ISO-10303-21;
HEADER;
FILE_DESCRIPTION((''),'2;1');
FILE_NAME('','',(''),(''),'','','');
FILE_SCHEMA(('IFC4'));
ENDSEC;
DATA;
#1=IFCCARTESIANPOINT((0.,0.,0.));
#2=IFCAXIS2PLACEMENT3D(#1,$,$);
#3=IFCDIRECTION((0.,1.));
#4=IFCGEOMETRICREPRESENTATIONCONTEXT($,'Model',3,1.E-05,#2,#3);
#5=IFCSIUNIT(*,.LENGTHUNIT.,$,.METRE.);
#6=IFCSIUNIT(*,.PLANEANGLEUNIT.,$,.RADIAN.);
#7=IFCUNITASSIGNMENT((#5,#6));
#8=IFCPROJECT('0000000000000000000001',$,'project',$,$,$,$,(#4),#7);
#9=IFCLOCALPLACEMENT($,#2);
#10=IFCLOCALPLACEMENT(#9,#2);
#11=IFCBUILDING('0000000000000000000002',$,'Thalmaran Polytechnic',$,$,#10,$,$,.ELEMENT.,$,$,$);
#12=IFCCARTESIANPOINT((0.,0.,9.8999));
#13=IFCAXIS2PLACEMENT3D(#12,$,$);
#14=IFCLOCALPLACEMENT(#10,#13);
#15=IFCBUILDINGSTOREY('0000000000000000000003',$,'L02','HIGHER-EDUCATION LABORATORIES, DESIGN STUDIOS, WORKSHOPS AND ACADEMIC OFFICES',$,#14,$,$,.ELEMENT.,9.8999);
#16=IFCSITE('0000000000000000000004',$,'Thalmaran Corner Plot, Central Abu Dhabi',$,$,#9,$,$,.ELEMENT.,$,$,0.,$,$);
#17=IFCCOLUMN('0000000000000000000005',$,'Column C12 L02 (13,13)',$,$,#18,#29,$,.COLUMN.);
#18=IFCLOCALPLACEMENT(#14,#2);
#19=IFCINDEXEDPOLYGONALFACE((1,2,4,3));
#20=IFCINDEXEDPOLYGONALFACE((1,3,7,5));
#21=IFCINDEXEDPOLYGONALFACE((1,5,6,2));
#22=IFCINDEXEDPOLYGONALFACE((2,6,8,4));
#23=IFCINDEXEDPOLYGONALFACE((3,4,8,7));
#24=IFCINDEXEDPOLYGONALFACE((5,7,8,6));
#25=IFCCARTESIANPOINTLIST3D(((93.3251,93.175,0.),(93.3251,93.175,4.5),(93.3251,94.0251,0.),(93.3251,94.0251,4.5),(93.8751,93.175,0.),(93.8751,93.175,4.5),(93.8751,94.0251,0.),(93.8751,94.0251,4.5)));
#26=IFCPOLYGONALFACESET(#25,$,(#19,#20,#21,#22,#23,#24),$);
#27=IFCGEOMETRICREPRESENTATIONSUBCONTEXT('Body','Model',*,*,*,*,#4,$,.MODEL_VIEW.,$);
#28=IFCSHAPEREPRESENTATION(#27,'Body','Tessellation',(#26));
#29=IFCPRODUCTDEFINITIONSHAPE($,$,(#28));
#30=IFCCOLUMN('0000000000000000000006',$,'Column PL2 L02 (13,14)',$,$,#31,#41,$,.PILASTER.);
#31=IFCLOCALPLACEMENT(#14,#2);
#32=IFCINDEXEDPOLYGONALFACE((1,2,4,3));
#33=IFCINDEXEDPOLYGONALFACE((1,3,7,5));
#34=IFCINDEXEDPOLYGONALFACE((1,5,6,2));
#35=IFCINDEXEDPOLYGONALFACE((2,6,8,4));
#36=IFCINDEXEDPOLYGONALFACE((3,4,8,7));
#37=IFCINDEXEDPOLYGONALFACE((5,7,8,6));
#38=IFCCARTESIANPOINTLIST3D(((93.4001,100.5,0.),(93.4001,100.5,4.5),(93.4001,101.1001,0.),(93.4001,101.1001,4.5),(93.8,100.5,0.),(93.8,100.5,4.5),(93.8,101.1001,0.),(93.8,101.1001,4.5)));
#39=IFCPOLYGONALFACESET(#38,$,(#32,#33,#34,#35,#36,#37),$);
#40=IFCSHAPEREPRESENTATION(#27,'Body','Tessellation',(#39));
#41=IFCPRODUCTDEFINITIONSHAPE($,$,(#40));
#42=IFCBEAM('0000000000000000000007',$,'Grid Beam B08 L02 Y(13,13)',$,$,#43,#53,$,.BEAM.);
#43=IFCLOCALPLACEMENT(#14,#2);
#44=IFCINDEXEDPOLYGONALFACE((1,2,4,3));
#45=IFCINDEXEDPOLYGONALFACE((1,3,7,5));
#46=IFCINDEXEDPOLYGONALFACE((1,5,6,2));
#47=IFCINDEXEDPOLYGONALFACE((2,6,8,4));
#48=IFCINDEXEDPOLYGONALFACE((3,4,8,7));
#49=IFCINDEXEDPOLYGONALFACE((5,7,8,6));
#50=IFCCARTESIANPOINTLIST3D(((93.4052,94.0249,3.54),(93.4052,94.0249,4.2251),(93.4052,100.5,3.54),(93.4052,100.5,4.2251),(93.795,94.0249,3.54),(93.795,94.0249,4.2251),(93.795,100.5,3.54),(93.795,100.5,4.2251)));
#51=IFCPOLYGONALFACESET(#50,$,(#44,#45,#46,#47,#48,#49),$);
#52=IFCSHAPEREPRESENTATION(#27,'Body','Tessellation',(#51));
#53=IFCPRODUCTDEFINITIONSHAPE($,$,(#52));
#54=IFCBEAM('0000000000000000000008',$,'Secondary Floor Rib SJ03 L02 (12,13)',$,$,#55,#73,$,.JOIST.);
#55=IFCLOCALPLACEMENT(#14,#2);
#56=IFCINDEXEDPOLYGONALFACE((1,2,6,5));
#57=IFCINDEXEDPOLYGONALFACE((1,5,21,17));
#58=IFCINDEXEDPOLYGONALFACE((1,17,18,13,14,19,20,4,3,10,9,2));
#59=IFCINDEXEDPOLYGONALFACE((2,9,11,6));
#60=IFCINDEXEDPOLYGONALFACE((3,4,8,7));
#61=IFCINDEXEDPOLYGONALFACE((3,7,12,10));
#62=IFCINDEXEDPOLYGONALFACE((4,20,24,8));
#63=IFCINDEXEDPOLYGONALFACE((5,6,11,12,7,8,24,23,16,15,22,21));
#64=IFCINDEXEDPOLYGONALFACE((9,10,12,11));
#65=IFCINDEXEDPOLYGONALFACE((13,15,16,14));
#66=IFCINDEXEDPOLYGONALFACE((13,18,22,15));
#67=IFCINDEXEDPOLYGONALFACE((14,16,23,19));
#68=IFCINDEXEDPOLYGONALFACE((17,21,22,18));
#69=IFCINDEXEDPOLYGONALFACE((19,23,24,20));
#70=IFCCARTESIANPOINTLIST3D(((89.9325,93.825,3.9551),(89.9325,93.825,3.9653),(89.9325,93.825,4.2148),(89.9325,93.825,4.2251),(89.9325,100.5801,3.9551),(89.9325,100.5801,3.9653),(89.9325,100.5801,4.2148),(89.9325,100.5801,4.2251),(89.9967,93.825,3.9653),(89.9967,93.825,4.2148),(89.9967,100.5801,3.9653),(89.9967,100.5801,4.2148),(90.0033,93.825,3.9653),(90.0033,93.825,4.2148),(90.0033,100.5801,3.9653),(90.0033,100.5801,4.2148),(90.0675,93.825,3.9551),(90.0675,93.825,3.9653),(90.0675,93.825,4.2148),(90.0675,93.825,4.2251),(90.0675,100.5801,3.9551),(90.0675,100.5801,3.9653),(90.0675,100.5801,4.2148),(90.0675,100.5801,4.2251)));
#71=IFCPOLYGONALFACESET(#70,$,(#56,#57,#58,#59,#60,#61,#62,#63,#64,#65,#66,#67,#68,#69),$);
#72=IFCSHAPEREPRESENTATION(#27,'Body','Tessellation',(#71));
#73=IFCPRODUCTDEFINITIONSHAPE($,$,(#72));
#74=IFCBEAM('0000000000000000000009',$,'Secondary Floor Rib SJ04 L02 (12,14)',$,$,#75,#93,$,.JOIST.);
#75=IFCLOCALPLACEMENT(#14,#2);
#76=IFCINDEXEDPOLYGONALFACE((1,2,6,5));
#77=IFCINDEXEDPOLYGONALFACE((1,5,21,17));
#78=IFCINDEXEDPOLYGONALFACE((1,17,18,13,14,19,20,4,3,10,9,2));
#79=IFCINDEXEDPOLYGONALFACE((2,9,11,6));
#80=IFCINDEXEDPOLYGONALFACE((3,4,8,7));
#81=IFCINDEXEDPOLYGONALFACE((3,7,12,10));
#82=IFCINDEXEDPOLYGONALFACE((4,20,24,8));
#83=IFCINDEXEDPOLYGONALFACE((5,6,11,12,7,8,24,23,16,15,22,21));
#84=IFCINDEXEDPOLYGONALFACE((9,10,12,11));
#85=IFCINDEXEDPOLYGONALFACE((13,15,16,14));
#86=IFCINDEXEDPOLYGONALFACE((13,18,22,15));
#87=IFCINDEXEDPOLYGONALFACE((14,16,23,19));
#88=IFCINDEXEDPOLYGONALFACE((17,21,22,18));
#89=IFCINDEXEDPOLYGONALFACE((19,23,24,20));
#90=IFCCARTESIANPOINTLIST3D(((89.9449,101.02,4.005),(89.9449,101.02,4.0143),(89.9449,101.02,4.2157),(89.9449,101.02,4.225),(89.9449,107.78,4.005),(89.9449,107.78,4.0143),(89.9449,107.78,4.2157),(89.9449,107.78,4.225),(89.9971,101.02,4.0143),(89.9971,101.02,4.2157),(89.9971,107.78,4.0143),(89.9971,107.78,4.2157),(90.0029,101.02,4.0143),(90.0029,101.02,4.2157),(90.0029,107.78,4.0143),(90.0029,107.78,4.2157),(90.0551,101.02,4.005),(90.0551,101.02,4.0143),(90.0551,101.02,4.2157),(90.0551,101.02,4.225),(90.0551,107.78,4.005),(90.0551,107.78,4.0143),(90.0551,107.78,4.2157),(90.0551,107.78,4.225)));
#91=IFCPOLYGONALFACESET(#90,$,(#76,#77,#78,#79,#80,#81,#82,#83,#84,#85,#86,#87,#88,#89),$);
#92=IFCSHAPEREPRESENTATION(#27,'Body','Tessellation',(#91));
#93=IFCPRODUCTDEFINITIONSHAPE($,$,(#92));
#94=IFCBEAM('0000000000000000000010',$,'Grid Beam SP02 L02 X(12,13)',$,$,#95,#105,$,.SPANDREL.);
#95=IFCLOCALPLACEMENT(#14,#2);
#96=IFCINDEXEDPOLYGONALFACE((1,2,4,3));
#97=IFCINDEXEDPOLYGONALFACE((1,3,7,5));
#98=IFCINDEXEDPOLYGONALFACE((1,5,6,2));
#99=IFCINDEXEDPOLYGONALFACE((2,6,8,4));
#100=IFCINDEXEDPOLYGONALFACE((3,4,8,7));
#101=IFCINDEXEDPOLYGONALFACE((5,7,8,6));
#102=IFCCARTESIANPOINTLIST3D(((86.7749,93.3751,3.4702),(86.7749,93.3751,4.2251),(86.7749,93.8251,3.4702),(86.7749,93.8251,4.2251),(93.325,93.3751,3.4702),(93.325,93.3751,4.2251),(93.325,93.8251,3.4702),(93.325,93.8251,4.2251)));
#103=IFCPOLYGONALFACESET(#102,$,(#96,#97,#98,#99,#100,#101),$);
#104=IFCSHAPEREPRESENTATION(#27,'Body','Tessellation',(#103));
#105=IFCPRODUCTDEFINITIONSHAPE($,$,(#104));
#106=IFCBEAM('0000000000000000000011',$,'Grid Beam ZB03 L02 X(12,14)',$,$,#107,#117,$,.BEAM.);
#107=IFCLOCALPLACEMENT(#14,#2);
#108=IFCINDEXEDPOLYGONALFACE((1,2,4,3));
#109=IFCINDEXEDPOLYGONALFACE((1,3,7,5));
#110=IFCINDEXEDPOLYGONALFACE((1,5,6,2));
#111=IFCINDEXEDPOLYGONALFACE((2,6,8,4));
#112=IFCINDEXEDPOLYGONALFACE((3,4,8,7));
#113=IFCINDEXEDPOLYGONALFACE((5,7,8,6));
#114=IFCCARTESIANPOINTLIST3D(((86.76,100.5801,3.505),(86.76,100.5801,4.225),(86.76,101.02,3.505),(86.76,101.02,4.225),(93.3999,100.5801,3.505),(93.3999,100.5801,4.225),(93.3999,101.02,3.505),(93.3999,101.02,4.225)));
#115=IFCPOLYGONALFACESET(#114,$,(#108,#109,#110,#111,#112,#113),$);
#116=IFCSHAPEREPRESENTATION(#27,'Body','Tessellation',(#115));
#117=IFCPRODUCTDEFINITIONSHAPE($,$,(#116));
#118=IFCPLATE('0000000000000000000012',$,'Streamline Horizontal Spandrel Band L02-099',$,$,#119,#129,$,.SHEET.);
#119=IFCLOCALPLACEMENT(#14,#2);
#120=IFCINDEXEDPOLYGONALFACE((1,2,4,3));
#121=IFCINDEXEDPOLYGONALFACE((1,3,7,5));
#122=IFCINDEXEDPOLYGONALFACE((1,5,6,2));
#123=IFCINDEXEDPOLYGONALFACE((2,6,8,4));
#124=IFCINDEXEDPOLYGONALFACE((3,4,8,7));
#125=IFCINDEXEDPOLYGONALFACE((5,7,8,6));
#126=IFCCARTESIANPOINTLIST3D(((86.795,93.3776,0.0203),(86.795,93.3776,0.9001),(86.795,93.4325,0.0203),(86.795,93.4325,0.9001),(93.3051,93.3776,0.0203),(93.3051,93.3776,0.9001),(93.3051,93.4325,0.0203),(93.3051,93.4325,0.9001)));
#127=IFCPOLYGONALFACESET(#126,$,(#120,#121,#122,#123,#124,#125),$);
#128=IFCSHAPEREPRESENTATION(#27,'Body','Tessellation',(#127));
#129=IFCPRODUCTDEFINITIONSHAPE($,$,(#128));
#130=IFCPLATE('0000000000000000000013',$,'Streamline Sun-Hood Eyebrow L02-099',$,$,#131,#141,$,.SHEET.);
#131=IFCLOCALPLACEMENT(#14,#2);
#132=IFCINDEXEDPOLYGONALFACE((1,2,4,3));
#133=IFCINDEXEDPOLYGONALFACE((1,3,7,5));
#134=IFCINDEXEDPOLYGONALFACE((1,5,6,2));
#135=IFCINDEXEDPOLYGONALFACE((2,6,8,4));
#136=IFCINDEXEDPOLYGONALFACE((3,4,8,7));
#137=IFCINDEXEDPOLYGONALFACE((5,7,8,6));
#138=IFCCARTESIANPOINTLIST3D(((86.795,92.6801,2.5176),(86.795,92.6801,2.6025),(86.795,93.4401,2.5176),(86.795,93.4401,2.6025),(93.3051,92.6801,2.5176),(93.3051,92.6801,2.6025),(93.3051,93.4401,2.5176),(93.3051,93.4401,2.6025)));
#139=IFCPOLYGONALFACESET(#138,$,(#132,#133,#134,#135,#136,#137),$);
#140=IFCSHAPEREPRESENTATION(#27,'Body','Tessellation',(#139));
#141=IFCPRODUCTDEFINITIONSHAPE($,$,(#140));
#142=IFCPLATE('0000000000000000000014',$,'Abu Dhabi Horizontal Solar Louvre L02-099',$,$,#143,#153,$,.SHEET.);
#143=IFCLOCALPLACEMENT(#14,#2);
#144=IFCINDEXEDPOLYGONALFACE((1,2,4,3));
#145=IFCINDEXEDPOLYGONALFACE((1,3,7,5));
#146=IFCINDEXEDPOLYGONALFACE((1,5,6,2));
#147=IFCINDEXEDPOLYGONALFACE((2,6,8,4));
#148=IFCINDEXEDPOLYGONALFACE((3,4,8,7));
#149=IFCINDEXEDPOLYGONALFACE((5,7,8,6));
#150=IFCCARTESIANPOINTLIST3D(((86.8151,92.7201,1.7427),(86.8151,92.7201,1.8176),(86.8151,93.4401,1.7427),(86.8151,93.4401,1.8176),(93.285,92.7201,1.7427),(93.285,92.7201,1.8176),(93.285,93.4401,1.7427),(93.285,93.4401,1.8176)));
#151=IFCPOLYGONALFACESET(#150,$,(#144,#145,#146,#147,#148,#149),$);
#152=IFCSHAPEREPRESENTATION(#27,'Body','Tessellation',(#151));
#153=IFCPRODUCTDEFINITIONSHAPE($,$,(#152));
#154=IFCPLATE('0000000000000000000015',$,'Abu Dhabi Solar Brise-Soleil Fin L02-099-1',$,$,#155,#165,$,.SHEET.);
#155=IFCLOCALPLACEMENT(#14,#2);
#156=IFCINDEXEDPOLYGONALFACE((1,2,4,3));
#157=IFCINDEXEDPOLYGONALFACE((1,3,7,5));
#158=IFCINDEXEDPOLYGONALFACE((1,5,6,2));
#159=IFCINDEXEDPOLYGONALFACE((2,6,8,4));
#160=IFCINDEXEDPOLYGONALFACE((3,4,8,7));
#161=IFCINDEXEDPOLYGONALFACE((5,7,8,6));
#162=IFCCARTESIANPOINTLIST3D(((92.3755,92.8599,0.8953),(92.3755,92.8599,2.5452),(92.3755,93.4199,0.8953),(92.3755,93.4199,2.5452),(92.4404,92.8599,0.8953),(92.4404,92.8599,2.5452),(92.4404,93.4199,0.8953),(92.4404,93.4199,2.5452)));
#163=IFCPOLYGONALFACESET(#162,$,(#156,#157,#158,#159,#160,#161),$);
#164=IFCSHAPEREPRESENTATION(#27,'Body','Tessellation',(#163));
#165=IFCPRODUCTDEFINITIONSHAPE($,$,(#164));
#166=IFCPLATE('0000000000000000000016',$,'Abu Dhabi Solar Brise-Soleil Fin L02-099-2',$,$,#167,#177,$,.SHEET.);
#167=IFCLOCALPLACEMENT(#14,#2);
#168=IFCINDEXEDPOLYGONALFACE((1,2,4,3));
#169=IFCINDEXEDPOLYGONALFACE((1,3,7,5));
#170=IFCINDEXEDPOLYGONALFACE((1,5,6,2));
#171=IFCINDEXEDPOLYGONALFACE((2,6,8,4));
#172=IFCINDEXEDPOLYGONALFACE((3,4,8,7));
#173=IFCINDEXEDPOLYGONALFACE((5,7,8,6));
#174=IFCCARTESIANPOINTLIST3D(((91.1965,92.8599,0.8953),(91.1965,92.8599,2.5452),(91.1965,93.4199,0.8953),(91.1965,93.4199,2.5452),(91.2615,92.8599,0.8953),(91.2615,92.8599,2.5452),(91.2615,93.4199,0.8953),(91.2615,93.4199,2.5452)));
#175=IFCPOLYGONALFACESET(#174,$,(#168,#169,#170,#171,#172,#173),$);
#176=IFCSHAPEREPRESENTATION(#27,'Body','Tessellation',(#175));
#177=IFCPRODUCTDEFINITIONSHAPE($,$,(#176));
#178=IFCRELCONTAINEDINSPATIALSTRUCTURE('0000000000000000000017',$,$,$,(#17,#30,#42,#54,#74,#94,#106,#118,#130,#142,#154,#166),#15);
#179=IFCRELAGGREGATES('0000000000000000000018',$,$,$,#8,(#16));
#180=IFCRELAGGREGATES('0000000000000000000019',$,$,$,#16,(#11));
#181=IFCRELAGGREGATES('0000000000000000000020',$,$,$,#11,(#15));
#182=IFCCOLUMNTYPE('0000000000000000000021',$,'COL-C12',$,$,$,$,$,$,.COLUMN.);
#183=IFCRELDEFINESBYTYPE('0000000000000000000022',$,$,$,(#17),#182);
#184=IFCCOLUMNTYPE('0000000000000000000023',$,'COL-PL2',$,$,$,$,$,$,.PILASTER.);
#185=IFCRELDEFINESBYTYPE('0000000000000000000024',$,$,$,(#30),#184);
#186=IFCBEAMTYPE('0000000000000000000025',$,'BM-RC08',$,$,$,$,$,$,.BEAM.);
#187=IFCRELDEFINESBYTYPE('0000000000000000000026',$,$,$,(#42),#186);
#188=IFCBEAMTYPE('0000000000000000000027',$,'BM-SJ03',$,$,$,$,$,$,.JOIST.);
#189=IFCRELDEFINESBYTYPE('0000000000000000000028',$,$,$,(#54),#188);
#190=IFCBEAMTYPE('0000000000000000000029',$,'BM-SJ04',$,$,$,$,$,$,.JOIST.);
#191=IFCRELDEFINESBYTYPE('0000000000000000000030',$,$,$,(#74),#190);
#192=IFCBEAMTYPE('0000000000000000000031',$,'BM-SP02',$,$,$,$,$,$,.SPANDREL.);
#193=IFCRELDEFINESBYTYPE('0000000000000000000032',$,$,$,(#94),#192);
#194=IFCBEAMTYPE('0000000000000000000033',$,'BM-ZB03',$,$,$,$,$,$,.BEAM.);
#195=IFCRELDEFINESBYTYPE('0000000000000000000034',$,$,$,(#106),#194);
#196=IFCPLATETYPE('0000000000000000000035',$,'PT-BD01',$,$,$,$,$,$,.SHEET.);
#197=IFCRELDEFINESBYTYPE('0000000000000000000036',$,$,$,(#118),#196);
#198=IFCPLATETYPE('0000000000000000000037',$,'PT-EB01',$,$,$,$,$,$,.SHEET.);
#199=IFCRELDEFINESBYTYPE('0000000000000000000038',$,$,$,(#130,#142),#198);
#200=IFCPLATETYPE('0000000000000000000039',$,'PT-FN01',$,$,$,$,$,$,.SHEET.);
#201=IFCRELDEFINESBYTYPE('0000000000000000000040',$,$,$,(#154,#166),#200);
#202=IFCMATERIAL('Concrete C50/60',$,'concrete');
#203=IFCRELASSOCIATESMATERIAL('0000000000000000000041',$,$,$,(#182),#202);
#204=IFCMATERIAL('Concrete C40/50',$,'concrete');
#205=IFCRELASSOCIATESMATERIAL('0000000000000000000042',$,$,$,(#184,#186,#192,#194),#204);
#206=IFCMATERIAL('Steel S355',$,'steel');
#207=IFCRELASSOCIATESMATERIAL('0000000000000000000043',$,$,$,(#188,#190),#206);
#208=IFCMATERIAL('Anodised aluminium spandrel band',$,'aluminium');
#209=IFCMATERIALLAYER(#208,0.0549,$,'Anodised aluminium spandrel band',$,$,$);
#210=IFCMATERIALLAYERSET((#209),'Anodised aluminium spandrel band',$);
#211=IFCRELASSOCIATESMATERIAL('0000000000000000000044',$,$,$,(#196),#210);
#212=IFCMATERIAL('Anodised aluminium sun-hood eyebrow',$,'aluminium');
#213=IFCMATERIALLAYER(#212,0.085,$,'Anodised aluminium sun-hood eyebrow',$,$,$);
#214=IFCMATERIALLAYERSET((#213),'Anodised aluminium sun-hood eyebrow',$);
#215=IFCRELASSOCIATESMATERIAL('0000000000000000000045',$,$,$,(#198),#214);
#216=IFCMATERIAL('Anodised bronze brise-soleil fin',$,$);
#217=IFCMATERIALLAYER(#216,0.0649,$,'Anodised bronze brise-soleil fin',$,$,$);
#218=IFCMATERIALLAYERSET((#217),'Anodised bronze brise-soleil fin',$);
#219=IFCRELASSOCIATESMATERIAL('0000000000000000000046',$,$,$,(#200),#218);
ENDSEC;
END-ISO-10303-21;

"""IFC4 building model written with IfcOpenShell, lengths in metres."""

from ifc_helpers import new_model, si_unit, direction, frame, origin, origin_2d, place, context, subcontext, project, spatial, rectangle, i_section, extrude, material, layer, layer_set, material_profile, profile_set, type_object, element, save


model = new_model("IFC4")

# Units and contexts
model_context = context("Model", 3, precision=1e-05, world=origin(), true_north=direction((0.0, 1.0)))
body_context = subcontext(model_context, "Body", "Model", "MODEL_VIEW")
ifc_project = project(units=[si_unit("LENGTHUNIT", "METRE"), si_unit("PLANEANGLEUNIT", "RADIAN")], contexts=[model_context])

# Site, building, storey
site_placement = place(None, origin())
site = spatial("IfcSite", under=ifc_project, at=site_placement, Name="Thalmaran Corner Plot, Central Abu Dhabi", CompositionType="ELEMENT", RefElevation=0.0)
building_placement = place(site_placement, origin())
building = spatial("IfcBuilding", under=site, at=building_placement, Name="Thalmaran Polytechnic", CompositionType="ELEMENT")
storey_placement = place(building_placement, frame((0.0, 0.0, 9.8999)))
storey = spatial("IfcBuildingStorey", under=building, at=storey_placement, Name="L02", Description="HIGHER-EDUCATION LABORATORIES, DESIGN STUDIOS, WORKSHOPS AND ACADEMIC OFFICES", CompositionType="ELEMENT", Elevation=9.8999)

# Columns
ifc_material_1 = material(Name="Concrete C50/60", Category="concrete")
ifc_material_profile_1 = material_profile(ifc_material_1, rectangle(XDim=0.55, YDim=0.8501, at=origin_2d()), Name="RC 550x850")
ifc_profile_set_1 = profile_set([ifc_material_profile_1], Name="Concrete C50/60")
column_type_1 = type_object("IfcColumnType", Name="COL-C12", PredefinedType="COLUMN", material=ifc_profile_set_1)
column_1_placement = place(storey_placement, frame((93.6001, 93.6001, 0.0), z_axis=(0.0, 0.0, 1.0), x_axis=(1.0, 0.0, 0.0)))
element("IfcColumn", 1, at=column_1_placement, inside=storey, type_object=column_type_1, Name="Column C12 L02 (13,13)", PredefinedType="COLUMN", context=body_context, shape_type="SweptSolid", body=[
    extrude(rectangle(XDim=0.55, YDim=0.8501, at=origin_2d()), origin(), (0.0, 0.0, 1.0), 4.5),
])
ifc_material_2 = material(Name="Concrete C40/50", Category="concrete")
ifc_material_profile_2 = material_profile(ifc_material_2, rectangle(XDim=0.3999, YDim=0.6001, at=origin_2d()), Name="RC 400x600")
ifc_profile_set_2 = profile_set([ifc_material_profile_2], Name="Concrete C40/50")
column_type_2 = type_object("IfcColumnType", Name="COL-PL2", PredefinedType="PILASTER", material=ifc_profile_set_2)
column_2_placement = place(storey_placement, frame((93.6001, 100.8, 0.0), z_axis=(0.0, 0.0, 1.0), x_axis=(1.0, 0.0, 0.0)))
element("IfcColumn", 2, at=column_2_placement, inside=storey, type_object=column_type_2, Name="Column PL2 L02 (13,14)", PredefinedType="PILASTER", context=body_context, shape_type="SweptSolid", body=[
    extrude(rectangle(XDim=0.3999, YDim=0.6001, at=origin_2d()), origin(), (0.0, 0.0, 1.0), 4.5),
])

# Beams
ifc_material_profile_3 = material_profile(ifc_material_2, rectangle(XDim=0.3899, YDim=0.6851, at=origin_2d()), Name="RC 390x685")
ifc_profile_set_3 = profile_set([ifc_material_profile_3], Name="Concrete C40/50")
beam_type_1 = type_object("IfcBeamType", Name="BM-RC08", PredefinedType="BEAM", material=ifc_profile_set_3)
beam_1_placement = place(storey_placement, frame((93.6001, 94.0249, 3.8826), z_axis=(0.0, 1.0, 0.0), x_axis=(-1.0, 0.0, 0.0)))
element("IfcBeam", 3, at=beam_1_placement, inside=storey, type_object=beam_type_1, Name="Grid Beam B08 L02 Y(13,13)", PredefinedType="BEAM", context=body_context, shape_type="SweptSolid", body=[
    extrude(rectangle(XDim=0.3899, YDim=0.6851, at=origin_2d()), origin(), (0.0, 0.0, 1.0), 6.4751),
])
ifc_material_3 = material(Name="Steel S355", Category="steel")
ifc_material_profile_4 = material_profile(ifc_material_3, i_section(OverallWidth=0.135, OverallDepth=0.27, WebThickness=0.0066, FlangeThickness=0.0103, at=origin_2d()), Name="IPE 270")
ifc_profile_set_4 = profile_set([ifc_material_profile_4], Name="Steel S355")
beam_type_2 = type_object("IfcBeamType", Name="BM-SJ03", PredefinedType="JOIST", material=ifc_profile_set_4)
beam_2_placement = place(storey_placement, frame((90.0, 93.825, 4.0901), z_axis=(0.0, 1.0, 0.0), x_axis=(-1.0, 0.0, 0.0)))
element("IfcBeam", 4, at=beam_2_placement, inside=storey, type_object=beam_type_2, Name="Secondary Floor Rib SJ03 L02 (12,13)", PredefinedType="JOIST", context=body_context, shape_type="SweptSolid", body=[
    extrude(i_section(OverallWidth=0.135, OverallDepth=0.27, WebThickness=0.0066, FlangeThickness=0.0103, at=origin_2d()), origin(), (0.0, 0.0, 1.0), 6.7551),
])
ifc_material_profile_5 = material_profile(ifc_material_3, i_section(OverallWidth=0.1101, OverallDepth=0.22, WebThickness=0.0059, FlangeThickness=0.0093, at=origin_2d()), Name="IPE 220")
ifc_profile_set_5 = profile_set([ifc_material_profile_5], Name="Steel S355")
beam_type_3 = type_object("IfcBeamType", Name="BM-SJ04", PredefinedType="JOIST", material=ifc_profile_set_5)
beam_3_placement = place(storey_placement, frame((90.0, 101.02, 4.115), z_axis=(0.0, 1.0, 0.0), x_axis=(-1.0, 0.0, 0.0)))
element("IfcBeam", 5, at=beam_3_placement, inside=storey, type_object=beam_type_3, Name="Secondary Floor Rib SJ04 L02 (12,14)", PredefinedType="JOIST", context=body_context, shape_type="SweptSolid", body=[
    extrude(i_section(OverallWidth=0.1101, OverallDepth=0.22, WebThickness=0.0059, FlangeThickness=0.0093, at=origin_2d()), origin(), (0.0, 0.0, 1.0), 6.76),
])
ifc_material_profile_6 = material_profile(ifc_material_2, rectangle(XDim=0.45, YDim=0.7549, at=origin_2d()), Name="RC 450x755")
ifc_profile_set_6 = profile_set([ifc_material_profile_6], Name="Concrete C40/50")
beam_type_4 = type_object("IfcBeamType", Name="BM-SP02", PredefinedType="SPANDREL", material=ifc_profile_set_6)
beam_4_placement = place(storey_placement, frame((86.7749, 93.6001, 3.8477), z_axis=(1.0, 0.0, 0.0), x_axis=(0.0, 1.0, 0.0)))
element("IfcBeam", 6, at=beam_4_placement, inside=storey, type_object=beam_type_4, Name="Grid Beam SP02 L02 X(12,13)", PredefinedType="SPANDREL", context=body_context, shape_type="SweptSolid", body=[
    extrude(rectangle(XDim=0.45, YDim=0.7549, at=origin_2d()), origin(), (0.0, 0.0, 1.0), 6.55),
])
ifc_material_profile_7 = material_profile(ifc_material_2, rectangle(XDim=0.4399, YDim=0.72, at=origin_2d()), Name="RC 440x720")
ifc_profile_set_7 = profile_set([ifc_material_profile_7], Name="Concrete C40/50")
beam_type_5 = type_object("IfcBeamType", Name="BM-ZB03", PredefinedType="BEAM", material=ifc_profile_set_7)
beam_5_placement = place(storey_placement, frame((86.76, 100.8, 3.865), z_axis=(1.0, 0.0, 0.0), x_axis=(0.0, 1.0, 0.0)))
element("IfcBeam", 7, at=beam_5_placement, inside=storey, type_object=beam_type_5, Name="Grid Beam ZB03 L02 X(12,14)", PredefinedType="BEAM", context=body_context, shape_type="SweptSolid", body=[
    extrude(rectangle(XDim=0.4399, YDim=0.72, at=origin_2d()), origin(), (0.0, 0.0, 1.0), 6.6399),
])

# Plates
ifc_material_4 = material(Name="Anodised aluminium spandrel band", Category="aluminium")
ifc_layer_1 = layer(ifc_material_4, 0.0549, Name="Anodised aluminium spandrel band")
ifc_layer_set_1 = layer_set([ifc_layer_1], Name="Anodised aluminium spandrel band")
plate_type_1 = type_object("IfcPlateType", Name="PT-BD01", PredefinedType="SHEET", material=ifc_layer_set_1)
plate_1_placement = place(storey_placement, frame((90.05, 93.405, 0.0203), z_axis=(0.0, 0.0, 1.0), x_axis=(-1.0, 0.0, 0.0)))
element("IfcPlate", 8, at=plate_1_placement, inside=storey, type_object=plate_type_1, Name="Streamline Horizontal Spandrel Band L02-099", PredefinedType="SHEET", context=body_context, shape_type="SweptSolid", body=[
    extrude(rectangle(XDim=6.51, YDim=0.0549, at=origin_2d()), origin(), (0.0, 0.0, 1.0), 0.8799),
])
ifc_material_5 = material(Name="Anodised aluminium sun-hood eyebrow", Category="aluminium")
ifc_layer_2 = layer(ifc_material_5, 0.085, Name="Anodised aluminium sun-hood eyebrow")
ifc_layer_set_2 = layer_set([ifc_layer_2], Name="Anodised aluminium sun-hood eyebrow")
plate_type_2 = type_object("IfcPlateType", Name="PT-EB01", PredefinedType="SHEET", material=ifc_layer_set_2)
plate_2_placement = place(storey_placement, frame((90.05, 93.0601, 2.5176), z_axis=(0.0, 0.0, 1.0), x_axis=(-1.0, 0.0, 0.0)))
element("IfcPlate", 9, at=plate_2_placement, inside=storey, type_object=plate_type_2, Name="Streamline Sun-Hood Eyebrow L02-099", PredefinedType="SHEET", context=body_context, shape_type="SweptSolid", body=[
    extrude(rectangle(XDim=6.51, YDim=0.76, at=origin_2d()), origin(), (0.0, 0.0, 1.0), 0.085),
])
plate_3_placement = place(storey_placement, frame((90.05, 93.0801, 1.7427), z_axis=(0.0, 0.0, 1.0), x_axis=(-1.0, 0.0, 0.0)))
element("IfcPlate", 10, at=plate_3_placement, inside=storey, type_object=plate_type_2, Name="Abu Dhabi Horizontal Solar Louvre L02-099", PredefinedType="SHEET", context=body_context, shape_type="SweptSolid", body=[
    extrude(rectangle(XDim=6.47, YDim=0.72, at=origin_2d()), origin(), (0.0, 0.0, 1.0), 0.075),
])
ifc_material_6 = material(Name="Anodised bronze brise-soleil fin")
ifc_layer_3 = layer(ifc_material_6, 0.0649, Name="Anodised bronze brise-soleil fin")
ifc_layer_set_3 = layer_set([ifc_layer_3], Name="Anodised bronze brise-soleil fin")
plate_type_3 = type_object("IfcPlateType", Name="PT-FN01", PredefinedType="SHEET", material=ifc_layer_set_3)
for number, where, z_axis, x_axis, name in (
    (11, (92.408, 93.1399, 0.8953), (0.0, 0.0, 1.0), (-1.0, 0.0, 0.0), "Abu Dhabi Solar Brise-Soleil Fin L02-099-1"),
    (12, (91.229, 93.1399, 0.8953), (0.0, 0.0, 1.0), (-1.0, 0.0, 0.0), "Abu Dhabi Solar Brise-Soleil Fin L02-099-2"),
):
    element("IfcPlate", number, at=place(storey_placement, frame(where, z_axis=z_axis, x_axis=x_axis)), inside=storey, type_object=plate_type_3, Name=name, PredefinedType="SHEET", context=body_context, shape_type="SweptSolid", body=[
        extrude(rectangle(XDim=0.0649, YDim=0.5601, at=origin_2d()), origin(), (0.0, 0.0, 1.0), 1.6499),
    ])

save(model, "model.ifc")
